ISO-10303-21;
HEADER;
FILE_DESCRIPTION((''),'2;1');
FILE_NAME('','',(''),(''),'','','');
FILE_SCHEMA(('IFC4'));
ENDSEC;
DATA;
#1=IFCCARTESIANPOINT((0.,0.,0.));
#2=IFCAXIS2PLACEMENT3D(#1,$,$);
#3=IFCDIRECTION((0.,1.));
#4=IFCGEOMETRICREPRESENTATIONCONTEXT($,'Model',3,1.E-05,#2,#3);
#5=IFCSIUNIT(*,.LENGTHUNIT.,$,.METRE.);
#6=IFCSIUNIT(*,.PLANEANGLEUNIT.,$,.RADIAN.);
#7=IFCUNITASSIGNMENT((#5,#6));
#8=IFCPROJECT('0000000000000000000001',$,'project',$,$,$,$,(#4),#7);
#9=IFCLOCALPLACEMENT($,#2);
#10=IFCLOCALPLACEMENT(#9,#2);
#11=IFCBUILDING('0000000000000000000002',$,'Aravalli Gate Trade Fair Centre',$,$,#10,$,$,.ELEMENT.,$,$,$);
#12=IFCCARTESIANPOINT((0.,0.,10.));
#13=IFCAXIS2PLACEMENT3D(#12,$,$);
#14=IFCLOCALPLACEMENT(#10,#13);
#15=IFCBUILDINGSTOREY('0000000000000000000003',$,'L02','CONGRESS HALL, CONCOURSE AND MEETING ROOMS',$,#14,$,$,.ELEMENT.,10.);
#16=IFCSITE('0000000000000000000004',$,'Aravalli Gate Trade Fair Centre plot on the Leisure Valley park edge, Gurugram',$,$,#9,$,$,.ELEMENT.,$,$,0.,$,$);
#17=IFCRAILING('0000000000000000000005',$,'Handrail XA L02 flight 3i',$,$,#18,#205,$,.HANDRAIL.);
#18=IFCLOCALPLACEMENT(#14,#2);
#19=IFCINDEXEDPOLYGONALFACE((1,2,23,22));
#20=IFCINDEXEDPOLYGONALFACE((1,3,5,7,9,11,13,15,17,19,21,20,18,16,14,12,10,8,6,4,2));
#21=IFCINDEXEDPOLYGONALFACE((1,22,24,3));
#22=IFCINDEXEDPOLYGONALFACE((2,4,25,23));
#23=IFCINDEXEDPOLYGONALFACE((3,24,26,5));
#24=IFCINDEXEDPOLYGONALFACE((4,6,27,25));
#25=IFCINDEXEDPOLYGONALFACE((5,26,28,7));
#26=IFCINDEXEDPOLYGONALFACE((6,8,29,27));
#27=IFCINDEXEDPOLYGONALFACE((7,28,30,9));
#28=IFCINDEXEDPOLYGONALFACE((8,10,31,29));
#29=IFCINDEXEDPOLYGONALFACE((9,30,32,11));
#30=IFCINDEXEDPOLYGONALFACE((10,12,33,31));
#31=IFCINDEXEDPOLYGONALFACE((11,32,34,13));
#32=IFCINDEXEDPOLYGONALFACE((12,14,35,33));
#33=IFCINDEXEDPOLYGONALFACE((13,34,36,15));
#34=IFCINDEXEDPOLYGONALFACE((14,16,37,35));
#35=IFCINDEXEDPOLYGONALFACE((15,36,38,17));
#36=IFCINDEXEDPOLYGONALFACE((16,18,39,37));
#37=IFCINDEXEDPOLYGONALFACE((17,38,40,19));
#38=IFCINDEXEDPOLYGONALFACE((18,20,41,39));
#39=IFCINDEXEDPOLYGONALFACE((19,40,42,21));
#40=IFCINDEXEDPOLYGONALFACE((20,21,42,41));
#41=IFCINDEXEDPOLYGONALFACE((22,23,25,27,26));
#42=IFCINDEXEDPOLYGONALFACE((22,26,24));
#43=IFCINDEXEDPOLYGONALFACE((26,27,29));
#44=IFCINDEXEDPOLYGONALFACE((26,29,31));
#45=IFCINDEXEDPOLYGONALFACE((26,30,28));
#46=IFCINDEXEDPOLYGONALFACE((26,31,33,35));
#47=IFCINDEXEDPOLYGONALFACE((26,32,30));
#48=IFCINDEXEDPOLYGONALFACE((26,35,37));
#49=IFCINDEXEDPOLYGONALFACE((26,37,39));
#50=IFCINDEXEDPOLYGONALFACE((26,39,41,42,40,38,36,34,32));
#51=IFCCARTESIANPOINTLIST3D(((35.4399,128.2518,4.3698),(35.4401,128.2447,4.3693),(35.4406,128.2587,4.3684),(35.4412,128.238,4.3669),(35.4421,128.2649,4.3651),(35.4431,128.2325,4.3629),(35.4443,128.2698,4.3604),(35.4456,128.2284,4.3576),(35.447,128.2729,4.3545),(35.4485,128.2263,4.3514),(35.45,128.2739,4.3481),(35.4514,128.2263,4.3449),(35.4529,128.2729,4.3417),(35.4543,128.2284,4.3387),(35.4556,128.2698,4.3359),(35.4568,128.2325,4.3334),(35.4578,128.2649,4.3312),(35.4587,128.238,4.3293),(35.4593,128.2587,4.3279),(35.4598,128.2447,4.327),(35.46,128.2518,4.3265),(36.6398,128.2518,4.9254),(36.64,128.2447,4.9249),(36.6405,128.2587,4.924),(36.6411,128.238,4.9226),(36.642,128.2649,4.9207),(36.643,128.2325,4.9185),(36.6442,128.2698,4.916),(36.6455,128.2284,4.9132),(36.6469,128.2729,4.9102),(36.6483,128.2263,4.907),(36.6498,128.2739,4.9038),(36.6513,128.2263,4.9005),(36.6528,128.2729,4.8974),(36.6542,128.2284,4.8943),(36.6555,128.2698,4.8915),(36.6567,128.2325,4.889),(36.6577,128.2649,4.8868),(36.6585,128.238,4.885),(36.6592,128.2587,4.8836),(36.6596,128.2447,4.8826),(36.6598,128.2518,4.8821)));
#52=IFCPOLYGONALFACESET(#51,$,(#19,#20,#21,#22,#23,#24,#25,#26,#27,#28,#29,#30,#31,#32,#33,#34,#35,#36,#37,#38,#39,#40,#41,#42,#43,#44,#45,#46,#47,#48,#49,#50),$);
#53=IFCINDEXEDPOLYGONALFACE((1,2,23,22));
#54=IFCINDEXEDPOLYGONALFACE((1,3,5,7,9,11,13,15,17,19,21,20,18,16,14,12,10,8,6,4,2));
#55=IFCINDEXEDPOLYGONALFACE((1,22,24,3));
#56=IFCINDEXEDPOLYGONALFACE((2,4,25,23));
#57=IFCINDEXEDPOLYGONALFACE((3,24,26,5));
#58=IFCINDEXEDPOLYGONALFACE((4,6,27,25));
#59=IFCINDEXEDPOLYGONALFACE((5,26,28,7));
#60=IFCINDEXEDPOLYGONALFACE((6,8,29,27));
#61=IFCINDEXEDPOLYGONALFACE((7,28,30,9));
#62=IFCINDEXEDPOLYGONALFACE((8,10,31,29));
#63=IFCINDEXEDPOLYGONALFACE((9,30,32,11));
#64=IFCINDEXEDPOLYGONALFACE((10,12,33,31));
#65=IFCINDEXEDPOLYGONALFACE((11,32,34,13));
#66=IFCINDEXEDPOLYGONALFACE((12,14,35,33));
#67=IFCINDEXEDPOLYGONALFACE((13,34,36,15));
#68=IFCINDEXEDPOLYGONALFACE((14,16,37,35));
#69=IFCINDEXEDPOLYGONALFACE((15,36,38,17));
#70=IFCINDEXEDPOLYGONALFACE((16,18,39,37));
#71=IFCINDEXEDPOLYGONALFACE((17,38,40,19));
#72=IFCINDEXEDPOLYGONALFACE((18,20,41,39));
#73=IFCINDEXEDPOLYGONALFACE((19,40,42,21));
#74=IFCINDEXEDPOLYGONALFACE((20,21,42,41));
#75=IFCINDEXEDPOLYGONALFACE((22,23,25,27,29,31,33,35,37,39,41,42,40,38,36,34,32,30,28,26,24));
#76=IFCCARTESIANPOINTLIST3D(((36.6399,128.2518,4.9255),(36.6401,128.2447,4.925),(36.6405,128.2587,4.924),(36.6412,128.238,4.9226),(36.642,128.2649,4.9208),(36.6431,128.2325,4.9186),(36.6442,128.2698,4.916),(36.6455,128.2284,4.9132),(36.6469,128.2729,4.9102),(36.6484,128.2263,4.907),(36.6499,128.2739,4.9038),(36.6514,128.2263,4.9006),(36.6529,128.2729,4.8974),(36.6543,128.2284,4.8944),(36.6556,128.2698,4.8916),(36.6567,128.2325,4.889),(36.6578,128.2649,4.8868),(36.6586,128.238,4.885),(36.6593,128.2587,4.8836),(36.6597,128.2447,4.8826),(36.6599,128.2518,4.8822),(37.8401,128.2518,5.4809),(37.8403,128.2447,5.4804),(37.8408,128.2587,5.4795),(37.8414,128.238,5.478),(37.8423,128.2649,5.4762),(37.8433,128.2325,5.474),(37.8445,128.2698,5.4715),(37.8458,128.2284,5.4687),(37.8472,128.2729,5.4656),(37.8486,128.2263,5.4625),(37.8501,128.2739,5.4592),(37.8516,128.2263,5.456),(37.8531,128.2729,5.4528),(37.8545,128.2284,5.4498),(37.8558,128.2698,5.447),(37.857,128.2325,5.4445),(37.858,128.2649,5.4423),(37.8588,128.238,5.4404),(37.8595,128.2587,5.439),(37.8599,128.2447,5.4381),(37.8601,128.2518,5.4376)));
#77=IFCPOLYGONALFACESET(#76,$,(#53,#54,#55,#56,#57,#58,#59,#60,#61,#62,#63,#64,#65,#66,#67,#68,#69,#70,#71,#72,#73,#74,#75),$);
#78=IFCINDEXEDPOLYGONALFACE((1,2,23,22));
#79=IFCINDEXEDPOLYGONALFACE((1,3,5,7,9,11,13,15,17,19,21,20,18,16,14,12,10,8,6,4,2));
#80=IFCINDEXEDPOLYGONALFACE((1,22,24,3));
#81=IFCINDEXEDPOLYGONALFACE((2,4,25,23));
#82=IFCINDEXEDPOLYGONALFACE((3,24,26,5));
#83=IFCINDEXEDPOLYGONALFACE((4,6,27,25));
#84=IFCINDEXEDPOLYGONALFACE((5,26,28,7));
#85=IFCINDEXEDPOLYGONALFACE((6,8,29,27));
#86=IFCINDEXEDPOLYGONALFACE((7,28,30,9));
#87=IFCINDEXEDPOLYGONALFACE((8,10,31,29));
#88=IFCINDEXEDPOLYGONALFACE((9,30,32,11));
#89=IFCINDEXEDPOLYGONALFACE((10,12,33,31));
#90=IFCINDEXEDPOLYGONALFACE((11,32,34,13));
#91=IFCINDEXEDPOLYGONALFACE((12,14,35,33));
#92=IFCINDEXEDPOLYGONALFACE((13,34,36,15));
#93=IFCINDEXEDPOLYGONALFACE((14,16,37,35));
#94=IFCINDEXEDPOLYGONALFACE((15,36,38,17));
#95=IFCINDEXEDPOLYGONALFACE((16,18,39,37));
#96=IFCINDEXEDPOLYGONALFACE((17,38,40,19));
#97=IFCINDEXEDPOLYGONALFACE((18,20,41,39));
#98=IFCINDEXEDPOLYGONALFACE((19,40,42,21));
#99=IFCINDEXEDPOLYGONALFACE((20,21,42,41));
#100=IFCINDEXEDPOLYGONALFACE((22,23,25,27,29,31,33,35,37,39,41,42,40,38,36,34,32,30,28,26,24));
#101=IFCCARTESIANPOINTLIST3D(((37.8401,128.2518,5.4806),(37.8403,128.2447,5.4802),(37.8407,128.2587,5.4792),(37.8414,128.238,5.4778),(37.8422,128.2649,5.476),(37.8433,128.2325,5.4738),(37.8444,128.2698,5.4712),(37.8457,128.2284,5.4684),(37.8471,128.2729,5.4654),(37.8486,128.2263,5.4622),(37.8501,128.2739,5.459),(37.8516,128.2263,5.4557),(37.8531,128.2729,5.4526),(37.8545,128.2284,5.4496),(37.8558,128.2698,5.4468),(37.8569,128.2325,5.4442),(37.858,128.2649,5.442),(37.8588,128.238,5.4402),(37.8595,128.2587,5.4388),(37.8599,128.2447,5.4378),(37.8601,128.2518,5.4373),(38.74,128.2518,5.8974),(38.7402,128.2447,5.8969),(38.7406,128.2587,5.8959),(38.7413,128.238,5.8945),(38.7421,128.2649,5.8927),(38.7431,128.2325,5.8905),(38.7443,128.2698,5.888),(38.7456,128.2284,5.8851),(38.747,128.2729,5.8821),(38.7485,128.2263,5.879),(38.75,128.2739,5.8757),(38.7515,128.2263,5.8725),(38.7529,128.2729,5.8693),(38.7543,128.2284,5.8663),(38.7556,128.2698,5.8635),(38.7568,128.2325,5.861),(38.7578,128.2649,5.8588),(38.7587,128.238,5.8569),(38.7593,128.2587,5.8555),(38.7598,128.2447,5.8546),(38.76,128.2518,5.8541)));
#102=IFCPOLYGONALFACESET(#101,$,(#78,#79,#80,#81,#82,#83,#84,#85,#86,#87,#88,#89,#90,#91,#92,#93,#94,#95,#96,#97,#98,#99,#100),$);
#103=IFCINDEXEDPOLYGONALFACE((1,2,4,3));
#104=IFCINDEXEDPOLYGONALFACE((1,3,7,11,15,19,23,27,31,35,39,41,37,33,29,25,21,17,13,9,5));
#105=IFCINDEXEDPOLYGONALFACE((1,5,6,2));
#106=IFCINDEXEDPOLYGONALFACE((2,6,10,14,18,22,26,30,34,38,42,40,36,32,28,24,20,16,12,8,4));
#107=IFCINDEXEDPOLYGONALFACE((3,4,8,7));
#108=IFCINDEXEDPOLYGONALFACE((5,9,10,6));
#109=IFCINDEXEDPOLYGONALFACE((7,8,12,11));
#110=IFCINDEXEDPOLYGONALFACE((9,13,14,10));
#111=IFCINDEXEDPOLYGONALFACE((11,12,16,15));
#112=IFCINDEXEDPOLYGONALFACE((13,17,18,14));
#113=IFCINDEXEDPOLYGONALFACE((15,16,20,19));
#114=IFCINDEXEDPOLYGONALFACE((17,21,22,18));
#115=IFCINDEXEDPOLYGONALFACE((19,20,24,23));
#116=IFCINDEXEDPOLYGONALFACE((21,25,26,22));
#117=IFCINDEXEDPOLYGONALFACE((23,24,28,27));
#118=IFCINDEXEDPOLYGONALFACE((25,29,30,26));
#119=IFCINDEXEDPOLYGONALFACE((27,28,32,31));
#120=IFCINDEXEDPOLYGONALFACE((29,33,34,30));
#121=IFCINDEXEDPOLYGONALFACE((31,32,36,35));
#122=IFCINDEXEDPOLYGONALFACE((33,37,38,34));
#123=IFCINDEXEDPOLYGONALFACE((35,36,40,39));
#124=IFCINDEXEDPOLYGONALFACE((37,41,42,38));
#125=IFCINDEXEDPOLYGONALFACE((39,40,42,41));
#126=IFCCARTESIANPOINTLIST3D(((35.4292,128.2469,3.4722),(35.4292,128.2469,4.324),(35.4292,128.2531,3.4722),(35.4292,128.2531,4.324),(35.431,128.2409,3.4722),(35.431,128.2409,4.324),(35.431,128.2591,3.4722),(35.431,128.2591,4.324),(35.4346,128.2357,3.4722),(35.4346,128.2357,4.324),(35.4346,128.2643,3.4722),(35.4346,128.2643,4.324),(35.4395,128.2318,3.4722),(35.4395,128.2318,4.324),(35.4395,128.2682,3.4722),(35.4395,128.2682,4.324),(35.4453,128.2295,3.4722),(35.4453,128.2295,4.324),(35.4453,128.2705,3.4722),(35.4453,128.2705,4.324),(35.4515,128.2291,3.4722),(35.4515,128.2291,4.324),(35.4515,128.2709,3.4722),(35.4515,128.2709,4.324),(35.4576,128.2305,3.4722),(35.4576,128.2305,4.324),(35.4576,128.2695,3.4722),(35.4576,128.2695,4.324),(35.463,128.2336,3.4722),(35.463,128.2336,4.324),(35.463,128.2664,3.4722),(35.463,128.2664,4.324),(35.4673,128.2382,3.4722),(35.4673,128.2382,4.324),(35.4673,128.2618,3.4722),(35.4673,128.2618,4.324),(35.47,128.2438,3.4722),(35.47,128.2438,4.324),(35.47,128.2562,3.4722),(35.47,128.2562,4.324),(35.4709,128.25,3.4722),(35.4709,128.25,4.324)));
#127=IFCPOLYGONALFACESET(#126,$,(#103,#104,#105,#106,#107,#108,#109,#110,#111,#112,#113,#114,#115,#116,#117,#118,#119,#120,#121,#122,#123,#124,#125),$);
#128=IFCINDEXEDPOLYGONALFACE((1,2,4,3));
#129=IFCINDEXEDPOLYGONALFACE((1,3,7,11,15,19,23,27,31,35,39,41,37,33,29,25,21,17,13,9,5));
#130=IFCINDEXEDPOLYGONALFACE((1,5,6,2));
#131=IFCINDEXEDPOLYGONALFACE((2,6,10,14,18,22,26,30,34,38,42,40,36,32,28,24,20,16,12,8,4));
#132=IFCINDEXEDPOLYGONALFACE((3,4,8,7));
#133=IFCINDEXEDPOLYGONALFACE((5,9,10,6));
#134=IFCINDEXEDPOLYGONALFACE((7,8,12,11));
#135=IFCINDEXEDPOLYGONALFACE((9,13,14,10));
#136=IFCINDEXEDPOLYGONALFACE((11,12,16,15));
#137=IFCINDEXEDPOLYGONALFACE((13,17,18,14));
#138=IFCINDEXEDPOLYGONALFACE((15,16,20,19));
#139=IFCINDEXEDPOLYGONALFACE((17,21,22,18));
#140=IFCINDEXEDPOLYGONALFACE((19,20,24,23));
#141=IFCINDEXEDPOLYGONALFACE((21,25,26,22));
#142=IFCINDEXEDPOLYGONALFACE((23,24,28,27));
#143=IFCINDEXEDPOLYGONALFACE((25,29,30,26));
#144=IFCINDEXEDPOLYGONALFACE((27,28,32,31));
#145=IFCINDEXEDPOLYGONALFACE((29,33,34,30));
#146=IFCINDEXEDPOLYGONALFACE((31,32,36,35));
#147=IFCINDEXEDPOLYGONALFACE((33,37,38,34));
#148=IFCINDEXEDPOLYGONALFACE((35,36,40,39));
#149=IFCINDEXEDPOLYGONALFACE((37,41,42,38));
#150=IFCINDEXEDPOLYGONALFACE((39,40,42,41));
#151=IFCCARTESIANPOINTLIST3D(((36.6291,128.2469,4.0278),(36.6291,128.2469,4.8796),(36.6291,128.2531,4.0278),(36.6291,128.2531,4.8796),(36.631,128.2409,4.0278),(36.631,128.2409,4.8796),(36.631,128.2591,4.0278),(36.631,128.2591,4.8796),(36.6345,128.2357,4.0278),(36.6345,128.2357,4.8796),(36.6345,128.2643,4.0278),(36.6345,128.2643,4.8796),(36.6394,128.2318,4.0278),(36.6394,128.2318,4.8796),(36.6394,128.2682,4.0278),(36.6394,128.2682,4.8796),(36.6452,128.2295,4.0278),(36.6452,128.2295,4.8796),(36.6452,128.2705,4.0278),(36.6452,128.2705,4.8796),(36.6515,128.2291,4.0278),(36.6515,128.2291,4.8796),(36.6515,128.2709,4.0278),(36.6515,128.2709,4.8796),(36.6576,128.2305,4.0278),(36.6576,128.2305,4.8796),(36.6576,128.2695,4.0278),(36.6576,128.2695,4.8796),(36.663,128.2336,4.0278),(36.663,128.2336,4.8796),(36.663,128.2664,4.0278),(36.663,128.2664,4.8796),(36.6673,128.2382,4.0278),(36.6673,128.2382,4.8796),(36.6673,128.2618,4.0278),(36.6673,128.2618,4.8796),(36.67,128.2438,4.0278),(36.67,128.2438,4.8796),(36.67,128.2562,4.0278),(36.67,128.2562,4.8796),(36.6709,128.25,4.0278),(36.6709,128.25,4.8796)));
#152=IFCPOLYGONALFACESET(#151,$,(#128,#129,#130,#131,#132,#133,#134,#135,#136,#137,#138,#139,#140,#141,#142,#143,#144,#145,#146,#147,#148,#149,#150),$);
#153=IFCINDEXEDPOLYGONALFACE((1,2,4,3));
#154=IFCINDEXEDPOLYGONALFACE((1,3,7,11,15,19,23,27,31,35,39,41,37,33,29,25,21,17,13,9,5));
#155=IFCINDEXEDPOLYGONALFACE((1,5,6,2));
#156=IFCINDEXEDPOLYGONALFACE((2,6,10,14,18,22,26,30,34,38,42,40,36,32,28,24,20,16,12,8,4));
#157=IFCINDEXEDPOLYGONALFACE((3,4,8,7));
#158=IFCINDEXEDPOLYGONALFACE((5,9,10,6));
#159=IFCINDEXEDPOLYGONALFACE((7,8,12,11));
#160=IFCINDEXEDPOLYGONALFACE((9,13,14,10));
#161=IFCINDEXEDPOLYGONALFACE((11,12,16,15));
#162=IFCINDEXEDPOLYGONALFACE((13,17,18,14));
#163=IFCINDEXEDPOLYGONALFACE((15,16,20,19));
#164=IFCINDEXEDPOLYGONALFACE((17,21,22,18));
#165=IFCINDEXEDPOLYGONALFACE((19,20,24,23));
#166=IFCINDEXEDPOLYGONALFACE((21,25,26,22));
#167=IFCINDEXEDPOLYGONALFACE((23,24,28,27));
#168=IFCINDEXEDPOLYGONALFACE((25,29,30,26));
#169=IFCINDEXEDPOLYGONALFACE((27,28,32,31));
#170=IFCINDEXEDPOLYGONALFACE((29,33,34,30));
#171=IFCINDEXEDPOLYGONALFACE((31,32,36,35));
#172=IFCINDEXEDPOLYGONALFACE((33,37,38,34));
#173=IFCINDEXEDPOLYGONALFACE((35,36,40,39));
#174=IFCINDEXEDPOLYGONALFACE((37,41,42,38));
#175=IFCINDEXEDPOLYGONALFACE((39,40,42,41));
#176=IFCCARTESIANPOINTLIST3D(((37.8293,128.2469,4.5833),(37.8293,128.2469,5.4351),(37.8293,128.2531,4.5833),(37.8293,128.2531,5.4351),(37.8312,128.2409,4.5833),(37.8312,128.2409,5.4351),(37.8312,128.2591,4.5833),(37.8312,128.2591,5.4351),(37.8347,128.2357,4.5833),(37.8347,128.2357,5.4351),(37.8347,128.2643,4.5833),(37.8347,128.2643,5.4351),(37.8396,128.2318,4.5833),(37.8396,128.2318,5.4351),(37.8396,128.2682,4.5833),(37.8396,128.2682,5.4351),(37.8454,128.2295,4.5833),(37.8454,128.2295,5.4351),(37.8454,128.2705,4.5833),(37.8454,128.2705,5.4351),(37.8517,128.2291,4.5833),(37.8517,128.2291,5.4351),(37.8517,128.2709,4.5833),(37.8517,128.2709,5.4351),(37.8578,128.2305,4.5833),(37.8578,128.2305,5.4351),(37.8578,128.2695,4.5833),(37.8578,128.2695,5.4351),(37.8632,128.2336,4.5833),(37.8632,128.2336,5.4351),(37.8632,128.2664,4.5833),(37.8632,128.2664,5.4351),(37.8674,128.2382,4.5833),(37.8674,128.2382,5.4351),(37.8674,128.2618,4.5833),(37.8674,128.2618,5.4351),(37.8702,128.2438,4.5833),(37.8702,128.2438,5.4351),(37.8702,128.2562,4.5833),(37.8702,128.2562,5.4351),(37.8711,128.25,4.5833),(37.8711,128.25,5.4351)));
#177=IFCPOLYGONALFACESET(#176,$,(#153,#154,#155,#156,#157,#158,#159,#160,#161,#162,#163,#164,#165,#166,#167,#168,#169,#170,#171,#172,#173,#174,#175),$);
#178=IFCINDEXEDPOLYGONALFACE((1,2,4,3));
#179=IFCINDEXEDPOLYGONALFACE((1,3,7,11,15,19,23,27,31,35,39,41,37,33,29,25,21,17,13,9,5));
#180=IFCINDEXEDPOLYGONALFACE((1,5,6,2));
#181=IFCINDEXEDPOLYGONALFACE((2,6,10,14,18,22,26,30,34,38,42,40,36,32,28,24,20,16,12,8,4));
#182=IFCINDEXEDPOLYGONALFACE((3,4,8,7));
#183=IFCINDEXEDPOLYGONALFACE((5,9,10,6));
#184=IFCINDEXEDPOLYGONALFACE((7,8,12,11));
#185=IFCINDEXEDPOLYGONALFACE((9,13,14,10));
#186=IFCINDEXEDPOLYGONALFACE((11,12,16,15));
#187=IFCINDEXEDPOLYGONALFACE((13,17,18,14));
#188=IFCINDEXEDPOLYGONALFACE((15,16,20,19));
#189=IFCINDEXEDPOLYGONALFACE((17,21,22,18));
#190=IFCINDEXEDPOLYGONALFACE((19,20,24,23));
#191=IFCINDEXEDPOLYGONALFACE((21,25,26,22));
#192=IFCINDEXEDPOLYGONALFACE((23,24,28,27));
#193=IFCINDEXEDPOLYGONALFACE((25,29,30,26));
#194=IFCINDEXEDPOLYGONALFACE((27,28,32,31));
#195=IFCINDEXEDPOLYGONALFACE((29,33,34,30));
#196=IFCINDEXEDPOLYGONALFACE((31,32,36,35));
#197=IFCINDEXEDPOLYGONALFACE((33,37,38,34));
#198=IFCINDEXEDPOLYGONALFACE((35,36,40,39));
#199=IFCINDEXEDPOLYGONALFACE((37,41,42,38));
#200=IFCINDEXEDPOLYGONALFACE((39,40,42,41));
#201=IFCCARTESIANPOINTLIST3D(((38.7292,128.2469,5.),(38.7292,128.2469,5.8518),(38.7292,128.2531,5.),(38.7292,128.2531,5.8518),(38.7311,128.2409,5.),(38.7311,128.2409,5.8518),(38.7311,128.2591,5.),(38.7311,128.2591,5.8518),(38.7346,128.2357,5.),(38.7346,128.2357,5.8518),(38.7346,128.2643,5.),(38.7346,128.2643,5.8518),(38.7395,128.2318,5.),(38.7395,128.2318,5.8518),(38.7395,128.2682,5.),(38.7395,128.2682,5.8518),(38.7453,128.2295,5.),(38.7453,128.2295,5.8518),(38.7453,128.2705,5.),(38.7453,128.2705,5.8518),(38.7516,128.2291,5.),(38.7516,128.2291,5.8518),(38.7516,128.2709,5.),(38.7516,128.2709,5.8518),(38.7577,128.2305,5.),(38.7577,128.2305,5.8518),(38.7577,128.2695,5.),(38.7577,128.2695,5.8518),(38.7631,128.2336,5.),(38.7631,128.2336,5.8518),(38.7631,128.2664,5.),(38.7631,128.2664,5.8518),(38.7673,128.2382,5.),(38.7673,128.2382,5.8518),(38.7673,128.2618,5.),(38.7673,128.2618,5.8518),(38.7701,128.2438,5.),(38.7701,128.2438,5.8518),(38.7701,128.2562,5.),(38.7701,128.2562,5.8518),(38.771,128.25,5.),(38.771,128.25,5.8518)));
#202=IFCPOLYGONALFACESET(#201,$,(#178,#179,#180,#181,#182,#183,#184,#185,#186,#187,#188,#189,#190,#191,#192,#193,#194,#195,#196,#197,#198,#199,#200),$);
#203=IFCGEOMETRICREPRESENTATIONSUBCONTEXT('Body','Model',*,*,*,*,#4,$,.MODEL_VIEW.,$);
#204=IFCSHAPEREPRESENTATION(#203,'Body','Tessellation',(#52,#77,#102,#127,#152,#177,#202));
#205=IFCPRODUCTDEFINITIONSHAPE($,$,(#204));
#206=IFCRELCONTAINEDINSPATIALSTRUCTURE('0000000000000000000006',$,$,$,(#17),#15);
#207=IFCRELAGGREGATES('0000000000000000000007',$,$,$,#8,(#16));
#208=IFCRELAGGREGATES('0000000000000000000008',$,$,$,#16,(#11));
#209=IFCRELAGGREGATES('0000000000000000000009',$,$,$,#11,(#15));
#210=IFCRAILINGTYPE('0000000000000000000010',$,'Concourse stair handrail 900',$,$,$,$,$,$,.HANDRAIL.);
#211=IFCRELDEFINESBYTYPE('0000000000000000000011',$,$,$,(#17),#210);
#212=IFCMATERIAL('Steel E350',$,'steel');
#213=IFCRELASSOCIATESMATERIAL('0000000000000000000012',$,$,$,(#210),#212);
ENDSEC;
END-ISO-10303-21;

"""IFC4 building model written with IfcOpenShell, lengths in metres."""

from ifc_helpers import new_model, si_unit, direction, frame, origin, origin_2d, place, context, subcontext, project, spatial, circle, extrude, material, type_object, element, save


model = new_model("IFC4")

# Units and contexts
model_context = context("Model", 3, precision=1e-05, world=origin(), true_north=direction((0.0, 1.0)))
body_context = subcontext(model_context, "Body", "Model", "MODEL_VIEW")
ifc_project = project(units=[si_unit("LENGTHUNIT", "METRE"), si_unit("PLANEANGLEUNIT", "RADIAN")], contexts=[model_context])

# Site, building, storey
site_placement = place(None, origin())
site = spatial("IfcSite", under=ifc_project, at=site_placement, Name="Aravalli Gate Trade Fair Centre plot on the Leisure Valley park edge, Gurugram", CompositionType="ELEMENT", RefElevation=0.0)
building_placement = place(site_placement, origin())
building = spatial("IfcBuilding", under=site, at=building_placement, Name="Aravalli Gate Trade Fair Centre", CompositionType="ELEMENT")
storey_placement = place(building_placement, frame((0.0, 0.0, 10.0)))
storey = spatial("IfcBuildingStorey", under=building, at=storey_placement, Name="L02", Description="CONGRESS HALL, CONCOURSE AND MEETING ROOMS", CompositionType="ELEMENT", Elevation=10.0)

# Shared definitions
ifc_material_1 = material(Name="Steel E350", Category="steel")

# Railing
railing_type_1 = type_object("IfcRailingType", Name="Concourse stair handrail 900", PredefinedType="HANDRAIL", material=ifc_material_1)
railing_1_placement = place(storey_placement, frame((35.45, 128.25, 3.4722)))
element("IfcRailing", 1, at=railing_1_placement, inside=storey, type_object=railing_type_1, Name="Handrail XA L02 flight 3i", PredefinedType="HANDRAIL", context=body_context, shape_type="SweptSolid", body=[
    extrude(circle(Radius=0.0239, at=origin_2d()), frame((0.0, 0.0, 0.876), z_axis=(0.907429, 0.0, 0.420205), x_axis=(0.0, 1.0, 0.0)), (0.0, 0.0, 1.0), 1.3223),
    extrude(circle(Radius=0.0239, at=origin_2d()), frame((1.2, 0.0, 1.4316), z_axis=(0.907532, 0.0, 0.419983), x_axis=(0.0, 1.0, 0.0)), (0.0, 0.0, 1.0), 1.3225),
    extrude(circle(Radius=0.0239, at=origin_2d()), frame((2.4001, 0.0, 1.9868), z_axis=(0.907418, 0.0, 0.420229), x_axis=(0.0, 1.0, 0.0)), (0.0, 0.0, 1.0), 0.9917),
    extrude(circle(Radius=0.021, at=origin_2d()), origin(), (0.0, 0.0, 1.0), 0.8518),
    extrude(circle(Radius=0.021, at=origin_2d()), frame((1.2, 0.0, 0.5557)), (0.0, 0.0, 1.0), 0.8518),
    extrude(circle(Radius=0.021, at=origin_2d()), frame((2.4001, 0.0, 1.1111)), (0.0, 0.0, 1.0), 0.8518),
    extrude(circle(Radius=0.021, at=origin_2d()), frame((3.3, 0.0, 1.5278)), (0.0, 0.0, 1.0), 0.8518),
])

save(model, "model.ifc")
